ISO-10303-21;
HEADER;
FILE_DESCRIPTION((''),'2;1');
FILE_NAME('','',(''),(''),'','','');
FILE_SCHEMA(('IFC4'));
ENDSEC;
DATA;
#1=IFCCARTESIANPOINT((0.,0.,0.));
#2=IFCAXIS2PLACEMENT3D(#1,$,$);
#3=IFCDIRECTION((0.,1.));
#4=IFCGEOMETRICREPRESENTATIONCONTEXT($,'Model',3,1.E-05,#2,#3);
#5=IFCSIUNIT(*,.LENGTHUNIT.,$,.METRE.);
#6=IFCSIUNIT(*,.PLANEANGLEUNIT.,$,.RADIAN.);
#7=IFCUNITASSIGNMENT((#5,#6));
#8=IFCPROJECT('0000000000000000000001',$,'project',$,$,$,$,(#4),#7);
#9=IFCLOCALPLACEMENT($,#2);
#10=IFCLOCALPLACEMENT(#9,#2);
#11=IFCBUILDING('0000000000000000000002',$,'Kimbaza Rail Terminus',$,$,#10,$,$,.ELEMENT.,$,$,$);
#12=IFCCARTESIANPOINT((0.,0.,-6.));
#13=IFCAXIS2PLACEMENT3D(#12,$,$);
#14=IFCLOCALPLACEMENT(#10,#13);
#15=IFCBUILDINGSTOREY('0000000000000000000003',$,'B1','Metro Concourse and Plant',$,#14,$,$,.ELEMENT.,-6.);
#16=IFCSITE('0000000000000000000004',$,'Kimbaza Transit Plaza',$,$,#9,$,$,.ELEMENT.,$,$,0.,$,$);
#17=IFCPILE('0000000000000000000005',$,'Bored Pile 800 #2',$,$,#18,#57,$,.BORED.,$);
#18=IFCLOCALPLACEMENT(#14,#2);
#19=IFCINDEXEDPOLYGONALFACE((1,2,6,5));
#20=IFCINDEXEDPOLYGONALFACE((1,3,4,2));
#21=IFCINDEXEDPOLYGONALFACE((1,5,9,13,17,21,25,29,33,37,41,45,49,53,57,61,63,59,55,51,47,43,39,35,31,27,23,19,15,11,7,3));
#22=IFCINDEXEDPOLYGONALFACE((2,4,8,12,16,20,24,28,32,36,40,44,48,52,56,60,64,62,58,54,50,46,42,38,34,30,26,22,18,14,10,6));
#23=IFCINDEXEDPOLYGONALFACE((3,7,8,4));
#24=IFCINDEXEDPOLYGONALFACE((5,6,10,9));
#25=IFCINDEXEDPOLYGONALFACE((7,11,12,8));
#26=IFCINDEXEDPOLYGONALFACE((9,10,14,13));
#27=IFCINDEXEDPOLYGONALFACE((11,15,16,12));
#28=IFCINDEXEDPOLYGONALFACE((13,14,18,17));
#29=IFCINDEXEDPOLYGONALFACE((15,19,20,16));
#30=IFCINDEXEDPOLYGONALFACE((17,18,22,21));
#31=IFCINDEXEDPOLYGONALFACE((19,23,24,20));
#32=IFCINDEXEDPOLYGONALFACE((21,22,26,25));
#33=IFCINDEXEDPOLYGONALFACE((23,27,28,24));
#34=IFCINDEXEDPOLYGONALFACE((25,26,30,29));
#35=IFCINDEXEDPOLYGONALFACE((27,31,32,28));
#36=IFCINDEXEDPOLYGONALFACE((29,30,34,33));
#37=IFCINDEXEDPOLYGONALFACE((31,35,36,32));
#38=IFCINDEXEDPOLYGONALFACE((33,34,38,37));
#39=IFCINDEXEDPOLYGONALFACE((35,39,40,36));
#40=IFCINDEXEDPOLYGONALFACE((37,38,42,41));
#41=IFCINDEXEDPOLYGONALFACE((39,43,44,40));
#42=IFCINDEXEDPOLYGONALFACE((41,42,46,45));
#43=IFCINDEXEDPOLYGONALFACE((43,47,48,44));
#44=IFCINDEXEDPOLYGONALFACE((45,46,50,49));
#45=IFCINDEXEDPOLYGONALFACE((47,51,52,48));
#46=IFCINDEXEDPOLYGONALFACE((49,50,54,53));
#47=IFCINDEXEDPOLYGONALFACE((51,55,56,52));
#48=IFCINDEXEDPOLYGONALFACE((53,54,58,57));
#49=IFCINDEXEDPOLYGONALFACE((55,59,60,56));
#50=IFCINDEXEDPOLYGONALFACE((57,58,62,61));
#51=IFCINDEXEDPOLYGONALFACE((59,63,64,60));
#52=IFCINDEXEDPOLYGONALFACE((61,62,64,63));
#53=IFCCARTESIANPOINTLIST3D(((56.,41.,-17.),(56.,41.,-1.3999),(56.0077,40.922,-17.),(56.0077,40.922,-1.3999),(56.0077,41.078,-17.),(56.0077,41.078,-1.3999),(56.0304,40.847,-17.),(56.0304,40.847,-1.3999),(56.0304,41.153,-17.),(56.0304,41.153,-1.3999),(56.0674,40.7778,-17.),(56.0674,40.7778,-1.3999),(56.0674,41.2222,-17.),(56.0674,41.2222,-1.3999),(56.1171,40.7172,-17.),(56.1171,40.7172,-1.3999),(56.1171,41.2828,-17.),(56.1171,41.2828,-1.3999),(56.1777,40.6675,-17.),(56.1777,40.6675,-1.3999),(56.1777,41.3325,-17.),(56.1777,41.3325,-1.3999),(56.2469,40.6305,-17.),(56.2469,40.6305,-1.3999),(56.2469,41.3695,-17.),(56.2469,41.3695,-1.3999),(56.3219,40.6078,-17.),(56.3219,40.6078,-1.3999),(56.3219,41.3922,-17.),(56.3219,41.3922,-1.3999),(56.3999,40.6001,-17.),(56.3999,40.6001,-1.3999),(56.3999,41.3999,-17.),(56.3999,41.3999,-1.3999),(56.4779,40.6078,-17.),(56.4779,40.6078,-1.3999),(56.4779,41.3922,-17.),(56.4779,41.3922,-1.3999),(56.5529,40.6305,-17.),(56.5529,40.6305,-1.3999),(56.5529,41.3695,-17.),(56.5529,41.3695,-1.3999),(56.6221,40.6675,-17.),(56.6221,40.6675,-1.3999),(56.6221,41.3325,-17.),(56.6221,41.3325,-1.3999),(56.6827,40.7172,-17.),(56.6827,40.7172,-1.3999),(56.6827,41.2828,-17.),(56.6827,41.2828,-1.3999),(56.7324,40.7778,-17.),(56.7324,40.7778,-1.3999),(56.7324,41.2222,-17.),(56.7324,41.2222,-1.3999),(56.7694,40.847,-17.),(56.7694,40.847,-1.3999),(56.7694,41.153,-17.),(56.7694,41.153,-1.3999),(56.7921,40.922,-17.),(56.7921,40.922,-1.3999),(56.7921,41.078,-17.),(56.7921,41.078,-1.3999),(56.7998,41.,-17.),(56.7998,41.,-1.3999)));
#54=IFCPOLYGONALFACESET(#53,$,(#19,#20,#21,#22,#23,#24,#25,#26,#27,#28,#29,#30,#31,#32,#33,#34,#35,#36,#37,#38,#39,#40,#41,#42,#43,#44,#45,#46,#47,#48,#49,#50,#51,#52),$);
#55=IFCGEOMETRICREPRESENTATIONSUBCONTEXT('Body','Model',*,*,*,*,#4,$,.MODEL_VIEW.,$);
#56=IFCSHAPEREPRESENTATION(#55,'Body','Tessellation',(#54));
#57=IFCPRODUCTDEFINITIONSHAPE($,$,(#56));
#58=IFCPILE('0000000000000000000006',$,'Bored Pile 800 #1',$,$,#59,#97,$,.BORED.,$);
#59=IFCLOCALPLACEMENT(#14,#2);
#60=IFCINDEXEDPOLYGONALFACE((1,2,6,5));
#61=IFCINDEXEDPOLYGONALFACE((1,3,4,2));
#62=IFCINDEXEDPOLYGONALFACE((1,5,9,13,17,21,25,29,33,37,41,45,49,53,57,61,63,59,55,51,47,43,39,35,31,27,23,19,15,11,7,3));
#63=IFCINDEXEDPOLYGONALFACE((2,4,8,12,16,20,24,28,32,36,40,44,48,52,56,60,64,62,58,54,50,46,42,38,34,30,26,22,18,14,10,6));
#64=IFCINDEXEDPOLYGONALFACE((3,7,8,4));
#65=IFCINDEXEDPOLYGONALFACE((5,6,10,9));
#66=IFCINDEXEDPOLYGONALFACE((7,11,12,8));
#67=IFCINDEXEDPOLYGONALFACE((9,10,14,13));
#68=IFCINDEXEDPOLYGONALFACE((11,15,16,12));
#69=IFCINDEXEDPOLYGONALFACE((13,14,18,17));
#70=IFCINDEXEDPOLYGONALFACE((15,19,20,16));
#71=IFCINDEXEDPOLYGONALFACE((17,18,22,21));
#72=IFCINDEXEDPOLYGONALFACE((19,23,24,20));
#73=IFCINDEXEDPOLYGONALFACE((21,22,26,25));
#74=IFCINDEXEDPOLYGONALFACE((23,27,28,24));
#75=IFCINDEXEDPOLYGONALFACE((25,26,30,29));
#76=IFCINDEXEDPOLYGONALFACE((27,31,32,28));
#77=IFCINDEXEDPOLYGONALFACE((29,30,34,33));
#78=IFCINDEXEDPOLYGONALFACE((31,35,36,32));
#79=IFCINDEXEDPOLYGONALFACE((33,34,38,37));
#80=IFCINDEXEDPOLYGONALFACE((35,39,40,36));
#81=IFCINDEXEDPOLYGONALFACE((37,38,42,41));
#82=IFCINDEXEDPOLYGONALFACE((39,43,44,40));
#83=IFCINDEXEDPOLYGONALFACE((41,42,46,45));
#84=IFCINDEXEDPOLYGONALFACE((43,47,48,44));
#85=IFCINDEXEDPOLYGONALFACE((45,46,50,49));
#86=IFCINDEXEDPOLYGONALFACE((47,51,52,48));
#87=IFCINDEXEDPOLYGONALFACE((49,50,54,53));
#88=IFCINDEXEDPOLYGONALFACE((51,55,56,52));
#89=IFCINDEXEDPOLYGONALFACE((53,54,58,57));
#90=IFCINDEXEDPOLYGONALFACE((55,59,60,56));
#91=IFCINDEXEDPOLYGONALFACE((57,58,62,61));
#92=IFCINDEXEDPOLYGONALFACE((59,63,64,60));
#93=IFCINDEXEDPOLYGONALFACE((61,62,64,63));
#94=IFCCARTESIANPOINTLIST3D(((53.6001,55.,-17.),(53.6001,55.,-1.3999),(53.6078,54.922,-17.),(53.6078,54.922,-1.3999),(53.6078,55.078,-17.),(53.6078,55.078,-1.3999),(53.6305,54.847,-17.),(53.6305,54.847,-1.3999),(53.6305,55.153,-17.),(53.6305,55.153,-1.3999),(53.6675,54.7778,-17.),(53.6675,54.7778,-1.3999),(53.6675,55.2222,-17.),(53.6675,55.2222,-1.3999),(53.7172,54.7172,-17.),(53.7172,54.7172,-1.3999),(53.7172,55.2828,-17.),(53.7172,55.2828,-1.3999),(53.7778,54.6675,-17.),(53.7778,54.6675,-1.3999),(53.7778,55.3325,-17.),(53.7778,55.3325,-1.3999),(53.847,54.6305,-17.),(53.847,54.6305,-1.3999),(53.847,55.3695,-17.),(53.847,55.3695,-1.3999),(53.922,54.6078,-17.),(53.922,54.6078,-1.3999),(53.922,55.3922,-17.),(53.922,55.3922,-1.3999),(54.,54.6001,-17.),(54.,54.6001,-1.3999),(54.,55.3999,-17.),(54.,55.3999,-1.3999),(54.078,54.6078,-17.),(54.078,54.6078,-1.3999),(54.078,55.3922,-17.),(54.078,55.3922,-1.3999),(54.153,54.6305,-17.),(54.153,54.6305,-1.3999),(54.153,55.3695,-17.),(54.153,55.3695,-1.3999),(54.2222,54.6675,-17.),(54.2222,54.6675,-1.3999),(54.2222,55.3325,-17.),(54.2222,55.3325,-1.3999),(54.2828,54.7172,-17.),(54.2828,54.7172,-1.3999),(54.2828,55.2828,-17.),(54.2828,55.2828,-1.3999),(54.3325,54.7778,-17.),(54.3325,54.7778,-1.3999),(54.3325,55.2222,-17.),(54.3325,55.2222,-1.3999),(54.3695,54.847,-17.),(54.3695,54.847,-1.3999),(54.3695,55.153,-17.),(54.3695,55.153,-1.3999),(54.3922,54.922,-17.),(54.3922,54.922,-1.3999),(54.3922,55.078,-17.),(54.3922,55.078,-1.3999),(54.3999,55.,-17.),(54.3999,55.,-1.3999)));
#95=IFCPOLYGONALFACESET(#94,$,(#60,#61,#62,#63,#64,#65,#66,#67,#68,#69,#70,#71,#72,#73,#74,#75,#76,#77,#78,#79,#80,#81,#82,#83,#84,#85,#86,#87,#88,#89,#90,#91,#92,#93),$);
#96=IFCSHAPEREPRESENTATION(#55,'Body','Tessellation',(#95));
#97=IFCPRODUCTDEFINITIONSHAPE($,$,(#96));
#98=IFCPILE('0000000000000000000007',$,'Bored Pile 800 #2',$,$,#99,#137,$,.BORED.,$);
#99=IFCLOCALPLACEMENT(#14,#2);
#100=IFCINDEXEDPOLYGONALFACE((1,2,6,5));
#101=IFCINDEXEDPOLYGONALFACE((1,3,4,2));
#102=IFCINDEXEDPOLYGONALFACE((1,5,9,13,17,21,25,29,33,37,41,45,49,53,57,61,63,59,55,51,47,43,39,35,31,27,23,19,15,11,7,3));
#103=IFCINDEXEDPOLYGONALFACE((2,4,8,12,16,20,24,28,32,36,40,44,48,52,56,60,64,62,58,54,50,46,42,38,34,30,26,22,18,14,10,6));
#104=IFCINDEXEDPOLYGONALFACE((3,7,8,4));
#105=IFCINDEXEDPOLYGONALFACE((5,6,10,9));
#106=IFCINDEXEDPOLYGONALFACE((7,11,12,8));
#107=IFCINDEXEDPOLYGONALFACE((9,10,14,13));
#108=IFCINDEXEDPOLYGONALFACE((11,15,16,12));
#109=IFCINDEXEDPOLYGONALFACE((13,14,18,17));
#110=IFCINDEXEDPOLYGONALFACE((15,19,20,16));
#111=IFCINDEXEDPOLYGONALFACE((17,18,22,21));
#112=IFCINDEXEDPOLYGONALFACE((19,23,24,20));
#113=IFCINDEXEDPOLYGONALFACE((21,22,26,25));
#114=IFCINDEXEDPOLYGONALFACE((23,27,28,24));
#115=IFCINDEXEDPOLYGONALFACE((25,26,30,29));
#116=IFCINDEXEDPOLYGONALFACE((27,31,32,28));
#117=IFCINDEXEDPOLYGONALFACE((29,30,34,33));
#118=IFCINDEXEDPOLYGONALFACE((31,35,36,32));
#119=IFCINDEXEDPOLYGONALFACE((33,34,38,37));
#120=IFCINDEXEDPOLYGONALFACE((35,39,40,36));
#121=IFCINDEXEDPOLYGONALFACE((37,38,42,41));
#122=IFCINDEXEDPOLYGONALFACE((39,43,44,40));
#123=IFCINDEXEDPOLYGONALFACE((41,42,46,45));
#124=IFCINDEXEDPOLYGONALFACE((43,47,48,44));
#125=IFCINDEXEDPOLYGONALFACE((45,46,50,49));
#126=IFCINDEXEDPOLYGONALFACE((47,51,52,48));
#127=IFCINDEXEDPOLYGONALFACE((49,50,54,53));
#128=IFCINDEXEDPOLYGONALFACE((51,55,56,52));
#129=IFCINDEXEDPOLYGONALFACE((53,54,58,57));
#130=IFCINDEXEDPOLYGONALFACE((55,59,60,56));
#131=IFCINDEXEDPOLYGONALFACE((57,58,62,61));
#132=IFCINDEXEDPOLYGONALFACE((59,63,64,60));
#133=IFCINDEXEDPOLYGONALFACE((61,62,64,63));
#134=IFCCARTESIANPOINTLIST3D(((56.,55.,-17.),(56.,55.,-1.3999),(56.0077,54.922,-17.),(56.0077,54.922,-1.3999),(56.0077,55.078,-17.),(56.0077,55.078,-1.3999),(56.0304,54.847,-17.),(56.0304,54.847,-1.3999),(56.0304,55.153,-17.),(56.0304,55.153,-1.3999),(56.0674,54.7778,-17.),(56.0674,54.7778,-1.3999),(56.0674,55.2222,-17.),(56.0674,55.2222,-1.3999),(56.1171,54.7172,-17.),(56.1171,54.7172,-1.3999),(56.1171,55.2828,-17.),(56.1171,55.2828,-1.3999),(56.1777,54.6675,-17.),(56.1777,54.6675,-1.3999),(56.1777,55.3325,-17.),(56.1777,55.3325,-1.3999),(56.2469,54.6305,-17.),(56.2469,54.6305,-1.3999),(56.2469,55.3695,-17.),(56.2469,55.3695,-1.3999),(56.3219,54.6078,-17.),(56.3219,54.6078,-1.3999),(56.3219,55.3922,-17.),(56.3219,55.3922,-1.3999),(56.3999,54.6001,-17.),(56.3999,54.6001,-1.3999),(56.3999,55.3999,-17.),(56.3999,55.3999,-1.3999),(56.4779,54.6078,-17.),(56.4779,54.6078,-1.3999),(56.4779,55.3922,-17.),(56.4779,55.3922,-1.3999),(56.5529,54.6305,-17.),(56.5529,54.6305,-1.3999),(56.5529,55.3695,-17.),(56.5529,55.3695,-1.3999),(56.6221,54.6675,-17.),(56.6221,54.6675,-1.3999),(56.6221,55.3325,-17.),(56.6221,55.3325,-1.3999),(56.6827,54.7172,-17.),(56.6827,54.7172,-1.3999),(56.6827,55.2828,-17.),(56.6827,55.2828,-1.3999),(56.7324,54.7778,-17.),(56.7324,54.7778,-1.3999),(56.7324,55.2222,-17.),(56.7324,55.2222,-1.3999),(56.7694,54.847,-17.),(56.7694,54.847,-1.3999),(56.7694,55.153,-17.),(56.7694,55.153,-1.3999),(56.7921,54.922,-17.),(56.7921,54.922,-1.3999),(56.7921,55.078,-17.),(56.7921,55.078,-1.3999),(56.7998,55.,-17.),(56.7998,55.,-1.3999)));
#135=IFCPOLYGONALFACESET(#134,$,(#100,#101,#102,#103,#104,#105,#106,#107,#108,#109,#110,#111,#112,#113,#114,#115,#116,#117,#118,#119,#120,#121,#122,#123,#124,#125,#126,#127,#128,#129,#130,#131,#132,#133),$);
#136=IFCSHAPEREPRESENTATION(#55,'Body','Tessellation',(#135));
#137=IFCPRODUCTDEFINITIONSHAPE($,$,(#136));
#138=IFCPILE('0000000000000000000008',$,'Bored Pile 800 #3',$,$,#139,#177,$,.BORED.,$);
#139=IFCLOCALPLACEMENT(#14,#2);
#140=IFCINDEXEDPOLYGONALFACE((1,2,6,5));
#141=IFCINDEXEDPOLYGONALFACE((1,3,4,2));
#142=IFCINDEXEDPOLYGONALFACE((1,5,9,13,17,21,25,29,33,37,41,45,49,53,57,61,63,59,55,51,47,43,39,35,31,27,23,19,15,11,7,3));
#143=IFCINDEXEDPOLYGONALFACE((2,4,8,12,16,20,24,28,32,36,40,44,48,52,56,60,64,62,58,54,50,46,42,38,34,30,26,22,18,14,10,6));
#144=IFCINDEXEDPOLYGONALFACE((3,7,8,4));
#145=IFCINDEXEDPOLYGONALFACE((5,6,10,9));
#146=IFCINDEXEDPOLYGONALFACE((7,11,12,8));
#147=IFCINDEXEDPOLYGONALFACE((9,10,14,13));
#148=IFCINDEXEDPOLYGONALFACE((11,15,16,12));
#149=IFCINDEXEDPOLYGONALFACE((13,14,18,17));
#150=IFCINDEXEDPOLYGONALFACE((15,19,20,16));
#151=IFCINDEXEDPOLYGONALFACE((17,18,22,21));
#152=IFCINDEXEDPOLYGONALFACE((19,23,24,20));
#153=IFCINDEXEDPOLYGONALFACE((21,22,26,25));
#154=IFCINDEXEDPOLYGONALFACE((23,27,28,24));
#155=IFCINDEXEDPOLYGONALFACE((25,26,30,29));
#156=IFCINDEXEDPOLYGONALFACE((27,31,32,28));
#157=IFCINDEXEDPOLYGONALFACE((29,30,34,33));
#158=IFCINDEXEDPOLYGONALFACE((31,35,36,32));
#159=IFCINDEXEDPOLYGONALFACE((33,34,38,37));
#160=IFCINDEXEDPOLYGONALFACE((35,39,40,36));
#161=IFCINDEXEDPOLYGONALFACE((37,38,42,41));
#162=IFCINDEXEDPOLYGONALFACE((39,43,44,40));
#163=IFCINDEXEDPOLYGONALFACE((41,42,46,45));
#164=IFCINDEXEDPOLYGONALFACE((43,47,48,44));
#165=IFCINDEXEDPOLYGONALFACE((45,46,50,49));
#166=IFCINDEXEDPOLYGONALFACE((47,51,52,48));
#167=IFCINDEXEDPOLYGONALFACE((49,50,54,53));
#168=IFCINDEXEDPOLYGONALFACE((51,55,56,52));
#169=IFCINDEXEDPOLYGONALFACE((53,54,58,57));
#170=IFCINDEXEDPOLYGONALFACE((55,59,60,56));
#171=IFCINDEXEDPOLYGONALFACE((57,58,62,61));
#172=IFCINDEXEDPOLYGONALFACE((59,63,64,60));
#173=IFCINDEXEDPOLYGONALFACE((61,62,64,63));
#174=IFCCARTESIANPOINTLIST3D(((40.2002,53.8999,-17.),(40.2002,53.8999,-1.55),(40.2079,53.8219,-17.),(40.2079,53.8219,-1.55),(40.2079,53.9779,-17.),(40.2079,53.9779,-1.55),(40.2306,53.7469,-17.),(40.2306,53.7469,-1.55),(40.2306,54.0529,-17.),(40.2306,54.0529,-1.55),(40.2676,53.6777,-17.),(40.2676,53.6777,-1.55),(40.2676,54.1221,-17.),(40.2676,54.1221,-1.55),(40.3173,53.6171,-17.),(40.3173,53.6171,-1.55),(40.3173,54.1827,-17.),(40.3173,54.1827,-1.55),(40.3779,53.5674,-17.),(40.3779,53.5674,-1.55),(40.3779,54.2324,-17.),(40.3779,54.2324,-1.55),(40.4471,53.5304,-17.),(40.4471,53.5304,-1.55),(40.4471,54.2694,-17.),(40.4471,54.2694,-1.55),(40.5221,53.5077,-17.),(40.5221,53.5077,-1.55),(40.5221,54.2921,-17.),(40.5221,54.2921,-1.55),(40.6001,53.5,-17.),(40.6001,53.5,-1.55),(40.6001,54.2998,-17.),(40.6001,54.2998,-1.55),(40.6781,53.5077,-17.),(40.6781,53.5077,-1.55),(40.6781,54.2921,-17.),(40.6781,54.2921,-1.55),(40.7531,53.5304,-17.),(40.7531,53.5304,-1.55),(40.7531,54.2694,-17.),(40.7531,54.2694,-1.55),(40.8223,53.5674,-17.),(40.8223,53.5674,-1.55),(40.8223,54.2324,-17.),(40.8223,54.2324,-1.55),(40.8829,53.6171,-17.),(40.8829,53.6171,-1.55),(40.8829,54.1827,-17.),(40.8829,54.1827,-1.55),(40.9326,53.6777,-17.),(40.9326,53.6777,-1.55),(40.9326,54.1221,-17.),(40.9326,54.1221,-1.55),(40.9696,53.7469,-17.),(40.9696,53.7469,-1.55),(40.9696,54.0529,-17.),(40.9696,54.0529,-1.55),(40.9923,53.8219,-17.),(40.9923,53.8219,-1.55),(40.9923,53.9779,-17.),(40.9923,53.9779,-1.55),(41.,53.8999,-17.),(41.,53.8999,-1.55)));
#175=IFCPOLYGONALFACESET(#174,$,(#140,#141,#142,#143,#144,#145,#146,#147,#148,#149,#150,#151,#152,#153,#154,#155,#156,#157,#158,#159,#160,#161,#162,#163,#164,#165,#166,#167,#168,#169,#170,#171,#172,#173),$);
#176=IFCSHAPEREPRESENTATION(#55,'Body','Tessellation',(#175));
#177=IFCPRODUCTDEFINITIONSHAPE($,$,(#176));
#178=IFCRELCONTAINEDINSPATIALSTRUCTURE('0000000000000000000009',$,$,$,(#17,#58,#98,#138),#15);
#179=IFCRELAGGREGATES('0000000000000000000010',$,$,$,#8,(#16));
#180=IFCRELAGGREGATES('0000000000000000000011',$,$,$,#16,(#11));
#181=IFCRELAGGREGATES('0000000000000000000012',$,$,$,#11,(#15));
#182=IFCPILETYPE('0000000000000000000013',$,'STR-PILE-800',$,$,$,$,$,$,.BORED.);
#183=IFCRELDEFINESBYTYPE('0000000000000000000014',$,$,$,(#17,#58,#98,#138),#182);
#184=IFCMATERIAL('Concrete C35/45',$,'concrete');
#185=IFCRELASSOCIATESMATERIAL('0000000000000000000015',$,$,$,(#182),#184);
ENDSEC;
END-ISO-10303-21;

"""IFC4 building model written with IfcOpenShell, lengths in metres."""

from ifc_helpers import new_model, si_unit, direction, frame, origin, origin_2d, place, context, subcontext, project, spatial, circle, extrude, material, material_profile, profile_set, type_object, element, save


model = new_model("IFC4")

# Units and contexts
model_context = context("Model", 3, precision=1e-05, world=origin(), true_north=direction((0.0, 1.0)))
body_context = subcontext(model_context, "Body", "Model", "MODEL_VIEW")
ifc_project = project(units=[si_unit("LENGTHUNIT", "METRE"), si_unit("PLANEANGLEUNIT", "RADIAN")], contexts=[model_context])

# Site, building, storey
site_placement = place(None, origin())
site = spatial("IfcSite", under=ifc_project, at=site_placement, Name="Kimbaza Transit Plaza", CompositionType="ELEMENT", RefElevation=0.0)
building_placement = place(site_placement, origin())
building = spatial("IfcBuilding", under=site, at=building_placement, Name="Kimbaza Rail Terminus", CompositionType="ELEMENT")
storey_placement = place(building_placement, frame((0.0, 0.0, -6.0)))
storey = spatial("IfcBuildingStorey", under=building, at=storey_placement, Name="B1", Description="Metro Concourse and Plant", CompositionType="ELEMENT", Elevation=-6.0)

# Piles
ifc_material_1 = material(Name="Concrete C35/45", Category="concrete")
ifc_material_profile_1 = material_profile(ifc_material_1, circle(Radius=0.3999, at=origin_2d()), Name="BORED PILE 800")
ifc_profile_set_1 = profile_set([ifc_material_profile_1], Name="Concrete C35/45")
pile_type = type_object("IfcPileType", Name="STR-PILE-800", PredefinedType="BORED", material=ifc_profile_set_1)
for number, where, z_axis, x_axis, name in (
    (1, (56.3999, 41.0, -1.3999), (0.0, 0.0, -1.0), (1.0, 0.0, 0.0), "Bored Pile 800 #2"),
    (2, (54.0, 55.0, -1.3999), (0.0, 0.0, -1.0), (1.0, 0.0, 0.0), "Bored Pile 800 #1"),
    (3, (56.3999, 55.0, -1.3999), (0.0, 0.0, -1.0), (1.0, 0.0, 0.0), "Bored Pile 800 #2"),
):
    element("IfcPile", number, at=place(storey_placement, frame(where, z_axis=z_axis, x_axis=x_axis)), inside=storey, type_object=pile_type, Name=name, PredefinedType="BORED", context=body_context, shape_type="SweptSolid", body=[
        extrude(circle(Radius=0.3999, at=origin_2d()), origin(), (0.0, 0.0, 1.0), 15.6001),
    ])
for number, where, z_axis, x_axis, name in (
    (4, (40.6001, 53.8999, -1.55), (0.0, 0.0, -1.0), (1.0, 0.0, 0.0), "Bored Pile 800 #3"),
):
    element("IfcPile", number, at=place(storey_placement, frame(where, z_axis=z_axis, x_axis=x_axis)), inside=storey, type_object=pile_type, Name=name, PredefinedType="BORED", context=body_context, shape_type="SweptSolid", body=[
        extrude(circle(Radius=0.3999, at=origin_2d()), origin(), (0.0, 0.0, 1.0), 15.45),
    ])

save(model, "model.ifc")
